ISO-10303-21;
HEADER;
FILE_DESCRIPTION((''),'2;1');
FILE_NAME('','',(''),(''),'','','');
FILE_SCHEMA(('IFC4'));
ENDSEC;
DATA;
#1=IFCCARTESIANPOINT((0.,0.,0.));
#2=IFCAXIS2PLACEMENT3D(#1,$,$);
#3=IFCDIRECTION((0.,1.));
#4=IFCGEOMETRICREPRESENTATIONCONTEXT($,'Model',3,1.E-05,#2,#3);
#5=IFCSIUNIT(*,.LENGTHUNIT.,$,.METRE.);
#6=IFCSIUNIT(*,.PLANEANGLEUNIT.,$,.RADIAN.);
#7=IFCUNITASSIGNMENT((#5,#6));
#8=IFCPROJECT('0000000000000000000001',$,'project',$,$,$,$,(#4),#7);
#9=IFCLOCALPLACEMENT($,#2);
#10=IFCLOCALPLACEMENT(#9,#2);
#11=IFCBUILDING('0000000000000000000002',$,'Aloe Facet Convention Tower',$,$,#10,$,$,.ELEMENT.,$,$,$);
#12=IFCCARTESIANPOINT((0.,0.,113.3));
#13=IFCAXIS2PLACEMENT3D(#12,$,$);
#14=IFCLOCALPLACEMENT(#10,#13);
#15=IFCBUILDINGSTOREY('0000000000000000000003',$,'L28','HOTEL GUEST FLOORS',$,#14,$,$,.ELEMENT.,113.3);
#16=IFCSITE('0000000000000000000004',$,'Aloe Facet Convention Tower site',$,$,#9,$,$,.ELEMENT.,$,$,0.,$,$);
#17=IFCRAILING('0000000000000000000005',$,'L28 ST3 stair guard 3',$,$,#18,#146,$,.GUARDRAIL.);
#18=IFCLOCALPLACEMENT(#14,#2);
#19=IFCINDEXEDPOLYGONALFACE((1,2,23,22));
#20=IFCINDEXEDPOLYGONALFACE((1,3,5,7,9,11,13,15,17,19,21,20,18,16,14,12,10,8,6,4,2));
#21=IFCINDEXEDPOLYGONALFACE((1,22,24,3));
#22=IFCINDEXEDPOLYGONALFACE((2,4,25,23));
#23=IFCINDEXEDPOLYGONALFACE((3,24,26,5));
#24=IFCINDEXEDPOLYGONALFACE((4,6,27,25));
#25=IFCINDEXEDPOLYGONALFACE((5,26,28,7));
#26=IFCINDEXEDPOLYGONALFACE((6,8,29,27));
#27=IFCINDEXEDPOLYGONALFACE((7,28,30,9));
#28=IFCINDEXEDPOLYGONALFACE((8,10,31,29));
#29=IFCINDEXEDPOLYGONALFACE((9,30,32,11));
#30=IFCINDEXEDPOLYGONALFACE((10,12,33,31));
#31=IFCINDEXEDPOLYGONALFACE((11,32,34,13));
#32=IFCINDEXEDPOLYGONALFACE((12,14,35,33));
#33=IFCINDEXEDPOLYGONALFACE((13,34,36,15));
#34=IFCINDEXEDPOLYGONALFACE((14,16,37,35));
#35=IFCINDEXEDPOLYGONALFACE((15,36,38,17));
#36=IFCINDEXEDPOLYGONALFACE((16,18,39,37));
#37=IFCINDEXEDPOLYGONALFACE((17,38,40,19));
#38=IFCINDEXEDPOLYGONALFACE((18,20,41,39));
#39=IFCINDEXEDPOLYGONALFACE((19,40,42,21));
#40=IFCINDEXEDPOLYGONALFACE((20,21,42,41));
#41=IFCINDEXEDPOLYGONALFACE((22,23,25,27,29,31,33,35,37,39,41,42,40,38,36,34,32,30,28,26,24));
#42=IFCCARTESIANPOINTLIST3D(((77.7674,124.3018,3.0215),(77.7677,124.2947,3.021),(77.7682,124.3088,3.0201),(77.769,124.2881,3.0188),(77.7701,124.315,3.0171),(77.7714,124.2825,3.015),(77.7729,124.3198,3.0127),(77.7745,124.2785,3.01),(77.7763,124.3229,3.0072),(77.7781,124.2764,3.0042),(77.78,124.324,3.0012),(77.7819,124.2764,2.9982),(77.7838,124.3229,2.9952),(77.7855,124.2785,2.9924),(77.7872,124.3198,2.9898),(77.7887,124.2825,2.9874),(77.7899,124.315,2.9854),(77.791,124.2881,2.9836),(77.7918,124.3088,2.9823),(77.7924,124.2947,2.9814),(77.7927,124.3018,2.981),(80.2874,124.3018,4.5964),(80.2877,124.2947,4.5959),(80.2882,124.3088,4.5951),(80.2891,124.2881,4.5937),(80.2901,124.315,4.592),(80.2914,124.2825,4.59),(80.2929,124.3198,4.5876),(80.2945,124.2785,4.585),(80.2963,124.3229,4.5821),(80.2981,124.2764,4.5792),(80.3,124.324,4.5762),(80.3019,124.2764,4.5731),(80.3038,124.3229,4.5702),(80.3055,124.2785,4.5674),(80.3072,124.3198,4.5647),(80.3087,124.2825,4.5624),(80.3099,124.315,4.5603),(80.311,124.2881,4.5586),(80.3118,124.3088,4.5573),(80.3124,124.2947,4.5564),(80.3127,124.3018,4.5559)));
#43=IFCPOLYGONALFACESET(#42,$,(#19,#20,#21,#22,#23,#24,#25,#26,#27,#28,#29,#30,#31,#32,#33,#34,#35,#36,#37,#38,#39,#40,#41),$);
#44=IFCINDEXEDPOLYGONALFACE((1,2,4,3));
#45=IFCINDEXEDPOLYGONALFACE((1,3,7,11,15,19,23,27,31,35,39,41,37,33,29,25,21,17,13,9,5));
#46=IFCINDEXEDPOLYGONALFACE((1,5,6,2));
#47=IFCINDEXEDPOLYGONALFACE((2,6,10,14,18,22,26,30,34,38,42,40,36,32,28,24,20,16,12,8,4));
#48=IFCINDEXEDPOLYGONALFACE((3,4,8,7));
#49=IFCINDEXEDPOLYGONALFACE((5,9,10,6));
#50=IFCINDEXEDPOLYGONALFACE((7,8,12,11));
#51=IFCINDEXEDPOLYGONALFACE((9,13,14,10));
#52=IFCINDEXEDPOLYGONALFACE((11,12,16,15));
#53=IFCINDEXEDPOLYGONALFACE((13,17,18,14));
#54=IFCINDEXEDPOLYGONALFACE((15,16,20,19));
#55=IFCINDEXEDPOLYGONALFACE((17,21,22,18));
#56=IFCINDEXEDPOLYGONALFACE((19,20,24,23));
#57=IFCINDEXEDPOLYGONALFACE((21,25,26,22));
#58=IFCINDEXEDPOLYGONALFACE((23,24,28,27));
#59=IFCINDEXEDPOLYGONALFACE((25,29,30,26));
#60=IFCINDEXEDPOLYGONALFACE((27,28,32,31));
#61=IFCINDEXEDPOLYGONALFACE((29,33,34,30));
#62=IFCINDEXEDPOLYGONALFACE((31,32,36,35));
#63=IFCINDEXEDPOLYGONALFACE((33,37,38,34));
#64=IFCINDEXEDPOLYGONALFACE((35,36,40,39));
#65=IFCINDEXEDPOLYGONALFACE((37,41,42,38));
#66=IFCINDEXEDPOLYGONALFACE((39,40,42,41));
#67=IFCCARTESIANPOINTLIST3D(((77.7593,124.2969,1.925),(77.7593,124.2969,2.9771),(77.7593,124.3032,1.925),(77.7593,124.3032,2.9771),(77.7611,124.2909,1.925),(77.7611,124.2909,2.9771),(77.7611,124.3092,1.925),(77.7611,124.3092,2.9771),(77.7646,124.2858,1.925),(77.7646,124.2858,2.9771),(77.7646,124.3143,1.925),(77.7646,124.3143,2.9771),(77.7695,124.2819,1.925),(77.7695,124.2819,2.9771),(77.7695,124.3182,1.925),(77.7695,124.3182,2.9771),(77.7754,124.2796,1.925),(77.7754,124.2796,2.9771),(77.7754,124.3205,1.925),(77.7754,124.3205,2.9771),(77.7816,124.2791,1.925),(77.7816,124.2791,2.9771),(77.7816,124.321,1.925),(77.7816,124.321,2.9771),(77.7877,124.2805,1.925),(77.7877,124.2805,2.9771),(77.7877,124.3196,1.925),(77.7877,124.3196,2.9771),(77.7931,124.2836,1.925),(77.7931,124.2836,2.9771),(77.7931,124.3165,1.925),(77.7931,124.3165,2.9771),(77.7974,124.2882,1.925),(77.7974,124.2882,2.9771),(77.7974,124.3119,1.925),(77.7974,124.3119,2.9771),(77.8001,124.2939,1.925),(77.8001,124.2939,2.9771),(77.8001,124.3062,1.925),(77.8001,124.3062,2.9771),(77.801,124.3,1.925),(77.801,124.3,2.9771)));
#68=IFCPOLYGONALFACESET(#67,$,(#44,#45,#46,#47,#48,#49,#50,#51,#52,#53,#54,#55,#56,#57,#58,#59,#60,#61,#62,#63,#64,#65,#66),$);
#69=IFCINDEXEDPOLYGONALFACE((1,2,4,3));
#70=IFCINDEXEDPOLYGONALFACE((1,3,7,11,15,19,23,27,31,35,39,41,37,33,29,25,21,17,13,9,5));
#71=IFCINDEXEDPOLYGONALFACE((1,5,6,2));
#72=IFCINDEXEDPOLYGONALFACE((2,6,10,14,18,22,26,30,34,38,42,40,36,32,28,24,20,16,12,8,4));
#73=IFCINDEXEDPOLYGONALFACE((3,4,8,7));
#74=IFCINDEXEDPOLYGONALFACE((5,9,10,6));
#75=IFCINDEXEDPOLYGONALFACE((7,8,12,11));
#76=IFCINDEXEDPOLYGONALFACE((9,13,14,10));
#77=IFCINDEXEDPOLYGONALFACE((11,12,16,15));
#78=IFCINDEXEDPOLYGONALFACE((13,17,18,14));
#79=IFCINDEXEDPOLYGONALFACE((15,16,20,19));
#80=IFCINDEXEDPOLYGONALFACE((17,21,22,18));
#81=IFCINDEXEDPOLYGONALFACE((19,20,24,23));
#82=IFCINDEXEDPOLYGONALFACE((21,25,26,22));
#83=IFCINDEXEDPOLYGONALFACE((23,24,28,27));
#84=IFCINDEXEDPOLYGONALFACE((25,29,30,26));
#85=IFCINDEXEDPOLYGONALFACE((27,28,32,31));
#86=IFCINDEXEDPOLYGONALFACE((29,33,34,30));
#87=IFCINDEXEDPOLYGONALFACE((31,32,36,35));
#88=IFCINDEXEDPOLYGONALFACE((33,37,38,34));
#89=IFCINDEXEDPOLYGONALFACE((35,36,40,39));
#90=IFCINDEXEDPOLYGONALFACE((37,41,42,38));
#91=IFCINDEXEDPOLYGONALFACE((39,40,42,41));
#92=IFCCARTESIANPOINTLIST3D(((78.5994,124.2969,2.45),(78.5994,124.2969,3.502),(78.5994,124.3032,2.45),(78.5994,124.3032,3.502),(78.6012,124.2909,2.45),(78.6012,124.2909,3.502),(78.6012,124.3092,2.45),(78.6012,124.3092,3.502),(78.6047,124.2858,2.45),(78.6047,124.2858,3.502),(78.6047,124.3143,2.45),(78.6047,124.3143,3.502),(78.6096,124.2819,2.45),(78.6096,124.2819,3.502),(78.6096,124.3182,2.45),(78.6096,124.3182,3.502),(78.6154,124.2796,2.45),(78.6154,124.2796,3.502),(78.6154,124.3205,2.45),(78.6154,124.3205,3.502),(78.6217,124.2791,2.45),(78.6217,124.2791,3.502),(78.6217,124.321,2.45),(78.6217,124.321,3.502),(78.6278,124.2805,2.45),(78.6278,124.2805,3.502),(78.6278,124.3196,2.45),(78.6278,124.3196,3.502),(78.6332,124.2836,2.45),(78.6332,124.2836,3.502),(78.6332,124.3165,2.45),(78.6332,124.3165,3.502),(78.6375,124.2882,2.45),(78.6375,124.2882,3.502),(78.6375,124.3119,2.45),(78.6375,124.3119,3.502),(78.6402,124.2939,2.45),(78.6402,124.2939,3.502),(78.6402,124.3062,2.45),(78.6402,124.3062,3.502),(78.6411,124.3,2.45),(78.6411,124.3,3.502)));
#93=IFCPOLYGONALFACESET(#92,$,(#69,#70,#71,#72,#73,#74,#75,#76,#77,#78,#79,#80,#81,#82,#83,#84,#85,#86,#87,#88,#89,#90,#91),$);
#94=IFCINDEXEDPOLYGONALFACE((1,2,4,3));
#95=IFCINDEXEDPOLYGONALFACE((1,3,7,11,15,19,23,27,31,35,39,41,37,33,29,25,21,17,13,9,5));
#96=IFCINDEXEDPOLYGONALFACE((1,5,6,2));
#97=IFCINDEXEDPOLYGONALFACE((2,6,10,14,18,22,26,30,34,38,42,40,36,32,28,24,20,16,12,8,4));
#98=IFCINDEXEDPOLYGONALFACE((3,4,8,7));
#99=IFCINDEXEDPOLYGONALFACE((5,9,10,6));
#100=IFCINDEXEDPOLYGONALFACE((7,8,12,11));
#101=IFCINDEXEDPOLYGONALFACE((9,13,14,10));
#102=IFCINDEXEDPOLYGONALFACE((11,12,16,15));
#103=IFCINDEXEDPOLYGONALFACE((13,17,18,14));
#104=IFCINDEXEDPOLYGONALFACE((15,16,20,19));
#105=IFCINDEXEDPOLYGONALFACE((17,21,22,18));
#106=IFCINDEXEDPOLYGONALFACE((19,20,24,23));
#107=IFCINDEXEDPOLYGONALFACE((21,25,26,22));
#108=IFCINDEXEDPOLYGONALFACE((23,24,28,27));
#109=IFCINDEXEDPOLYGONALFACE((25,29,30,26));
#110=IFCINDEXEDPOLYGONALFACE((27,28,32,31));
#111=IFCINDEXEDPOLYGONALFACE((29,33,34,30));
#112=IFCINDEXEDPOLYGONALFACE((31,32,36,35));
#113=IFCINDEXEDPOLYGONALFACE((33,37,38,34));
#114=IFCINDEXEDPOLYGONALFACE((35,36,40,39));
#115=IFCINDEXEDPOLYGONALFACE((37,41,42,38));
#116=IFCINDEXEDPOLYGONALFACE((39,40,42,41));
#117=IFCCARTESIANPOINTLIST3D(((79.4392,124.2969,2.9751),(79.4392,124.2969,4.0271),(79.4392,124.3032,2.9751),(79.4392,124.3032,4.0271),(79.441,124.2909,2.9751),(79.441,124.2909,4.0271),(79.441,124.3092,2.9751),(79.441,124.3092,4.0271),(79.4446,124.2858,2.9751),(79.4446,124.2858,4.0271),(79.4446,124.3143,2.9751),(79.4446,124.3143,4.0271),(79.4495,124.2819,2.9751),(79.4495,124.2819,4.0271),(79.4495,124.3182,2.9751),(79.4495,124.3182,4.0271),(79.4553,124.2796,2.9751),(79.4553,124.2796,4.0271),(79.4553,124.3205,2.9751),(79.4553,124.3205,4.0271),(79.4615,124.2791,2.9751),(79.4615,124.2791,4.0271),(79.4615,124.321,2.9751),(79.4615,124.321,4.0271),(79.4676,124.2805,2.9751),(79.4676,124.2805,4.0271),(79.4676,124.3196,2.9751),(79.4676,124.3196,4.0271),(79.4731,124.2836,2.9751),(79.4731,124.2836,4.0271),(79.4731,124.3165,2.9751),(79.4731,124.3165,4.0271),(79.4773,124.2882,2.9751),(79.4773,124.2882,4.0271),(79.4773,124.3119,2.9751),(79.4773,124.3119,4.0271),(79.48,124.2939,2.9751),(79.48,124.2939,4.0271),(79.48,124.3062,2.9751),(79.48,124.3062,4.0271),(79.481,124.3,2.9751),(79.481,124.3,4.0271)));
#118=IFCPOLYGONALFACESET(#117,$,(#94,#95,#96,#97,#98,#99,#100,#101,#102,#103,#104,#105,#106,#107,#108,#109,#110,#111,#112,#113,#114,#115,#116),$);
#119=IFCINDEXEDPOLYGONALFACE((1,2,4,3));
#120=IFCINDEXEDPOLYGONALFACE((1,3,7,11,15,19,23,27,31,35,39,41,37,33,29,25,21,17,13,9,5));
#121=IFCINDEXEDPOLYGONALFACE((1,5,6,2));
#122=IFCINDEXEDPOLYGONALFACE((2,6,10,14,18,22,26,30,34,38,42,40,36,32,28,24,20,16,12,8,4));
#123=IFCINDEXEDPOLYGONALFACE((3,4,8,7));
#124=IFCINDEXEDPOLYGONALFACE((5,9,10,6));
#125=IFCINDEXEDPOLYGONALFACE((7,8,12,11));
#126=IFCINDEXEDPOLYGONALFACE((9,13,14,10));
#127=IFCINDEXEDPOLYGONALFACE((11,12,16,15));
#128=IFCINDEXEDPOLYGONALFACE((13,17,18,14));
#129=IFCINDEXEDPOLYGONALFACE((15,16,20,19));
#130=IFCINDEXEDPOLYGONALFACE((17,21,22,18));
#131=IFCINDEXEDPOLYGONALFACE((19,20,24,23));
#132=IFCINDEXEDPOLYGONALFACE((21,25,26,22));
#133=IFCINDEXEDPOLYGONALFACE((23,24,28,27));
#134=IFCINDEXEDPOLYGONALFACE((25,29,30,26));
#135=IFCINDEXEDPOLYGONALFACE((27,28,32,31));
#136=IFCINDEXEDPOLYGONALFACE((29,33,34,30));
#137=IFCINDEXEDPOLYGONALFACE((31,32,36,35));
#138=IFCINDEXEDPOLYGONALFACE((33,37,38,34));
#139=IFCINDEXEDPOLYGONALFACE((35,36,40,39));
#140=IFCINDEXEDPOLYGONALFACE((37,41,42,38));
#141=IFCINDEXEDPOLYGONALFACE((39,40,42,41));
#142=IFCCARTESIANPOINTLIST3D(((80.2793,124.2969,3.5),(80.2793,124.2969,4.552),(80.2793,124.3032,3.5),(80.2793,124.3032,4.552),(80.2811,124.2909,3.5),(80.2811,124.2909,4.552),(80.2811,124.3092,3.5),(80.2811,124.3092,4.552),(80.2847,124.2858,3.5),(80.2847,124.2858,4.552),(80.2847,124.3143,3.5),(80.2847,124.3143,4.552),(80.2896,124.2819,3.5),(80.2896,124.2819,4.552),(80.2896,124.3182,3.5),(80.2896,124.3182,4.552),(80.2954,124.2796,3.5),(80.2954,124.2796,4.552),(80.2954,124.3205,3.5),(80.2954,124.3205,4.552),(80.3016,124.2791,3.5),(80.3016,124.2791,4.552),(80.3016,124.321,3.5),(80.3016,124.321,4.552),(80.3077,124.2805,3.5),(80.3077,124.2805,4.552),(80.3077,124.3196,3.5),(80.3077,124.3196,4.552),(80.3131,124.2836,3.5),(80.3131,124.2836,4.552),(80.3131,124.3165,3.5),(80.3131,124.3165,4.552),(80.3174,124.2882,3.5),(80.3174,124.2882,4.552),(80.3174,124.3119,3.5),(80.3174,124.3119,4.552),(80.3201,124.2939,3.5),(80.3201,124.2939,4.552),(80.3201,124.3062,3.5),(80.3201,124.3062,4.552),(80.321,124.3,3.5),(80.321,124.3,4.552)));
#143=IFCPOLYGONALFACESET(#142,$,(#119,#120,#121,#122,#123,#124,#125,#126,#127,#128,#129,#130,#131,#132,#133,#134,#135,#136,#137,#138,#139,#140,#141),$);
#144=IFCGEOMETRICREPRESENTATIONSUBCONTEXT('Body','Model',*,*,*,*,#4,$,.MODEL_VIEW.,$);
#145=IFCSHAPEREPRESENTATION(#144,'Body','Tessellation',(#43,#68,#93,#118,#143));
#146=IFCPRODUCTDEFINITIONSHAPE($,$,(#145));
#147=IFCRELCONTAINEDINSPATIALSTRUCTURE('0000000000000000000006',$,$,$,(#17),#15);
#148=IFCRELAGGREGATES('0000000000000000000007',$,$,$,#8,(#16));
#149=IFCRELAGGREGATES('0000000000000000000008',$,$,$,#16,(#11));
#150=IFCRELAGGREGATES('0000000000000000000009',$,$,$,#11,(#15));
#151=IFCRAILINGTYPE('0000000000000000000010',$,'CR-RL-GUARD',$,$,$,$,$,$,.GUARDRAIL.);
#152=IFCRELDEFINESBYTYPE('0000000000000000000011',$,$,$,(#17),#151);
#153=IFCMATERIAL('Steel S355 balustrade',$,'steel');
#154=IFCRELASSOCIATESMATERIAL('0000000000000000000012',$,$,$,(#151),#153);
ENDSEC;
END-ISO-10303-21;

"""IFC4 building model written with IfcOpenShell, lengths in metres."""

from ifc_helpers import new_model, si_unit, direction, frame, origin, origin_2d, place, context, subcontext, project, spatial, circle, extrude, material, type_object, element, save


model = new_model("IFC4")

# Units and contexts
model_context = context("Model", 3, precision=1e-05, world=origin(), true_north=direction((0.0, 1.0)))
body_context = subcontext(model_context, "Body", "Model", "MODEL_VIEW")
ifc_project = project(units=[si_unit("LENGTHUNIT", "METRE"), si_unit("PLANEANGLEUNIT", "RADIAN")], contexts=[model_context])

# Site, building, storey
site_placement = place(None, origin())
site = spatial("IfcSite", under=ifc_project, at=site_placement, Name="Aloe Facet Convention Tower site", CompositionType="ELEMENT", RefElevation=0.0)
building_placement = place(site_placement, origin())
building = spatial("IfcBuilding", under=site, at=building_placement, Name="Aloe Facet Convention Tower", CompositionType="ELEMENT")
storey_placement = place(building_placement, frame((0.0, 0.0, 113.3)))
storey = spatial("IfcBuildingStorey", under=building, at=storey_placement, Name="L28", Description="HOTEL GUEST FLOORS", CompositionType="ELEMENT", Elevation=113.3)

# Railing
ifc_material_1 = material(Name="Steel S355 balustrade", Category="steel")
railing_type_1 = type_object("IfcRailingType", Name="CR-RL-GUARD", PredefinedType="GUARDRAIL", material=ifc_material_1)
railing_1_placement = place(storey_placement, frame((77.78, 124.3, 1.925)))
element("IfcRailing", 1, at=railing_1_placement, inside=storey, type_object=railing_type_1, Name="L28 ST3 stair guard 3", PredefinedType="GUARDRAIL", context=body_context, shape_type="SweptSolid", body=[
    extrude(circle(Radius=0.0239, at=origin_2d()), frame((0.0, 0.0, 1.0762), z_axis=(0.848008, 0.0, 0.529984), x_axis=(0.0, 1.0, 0.0)), (0.0, 0.0, 1.0), 2.9717),
    extrude(circle(Radius=0.021, at=origin_2d()), origin(), (0.0, 0.0, 1.0), 1.052),
    extrude(circle(Radius=0.021, at=origin_2d()), frame((0.8401, 0.0, 0.5249)), (0.0, 0.0, 1.0), 1.052),
    extrude(circle(Radius=0.021, at=origin_2d()), frame((1.6799, 0.0, 1.05)), (0.0, 0.0, 1.0), 1.052),
    extrude(circle(Radius=0.021, at=origin_2d()), frame((2.52, 0.0, 1.575)), (0.0, 0.0, 1.0), 1.052),
])

save(model, "model.ifc")
